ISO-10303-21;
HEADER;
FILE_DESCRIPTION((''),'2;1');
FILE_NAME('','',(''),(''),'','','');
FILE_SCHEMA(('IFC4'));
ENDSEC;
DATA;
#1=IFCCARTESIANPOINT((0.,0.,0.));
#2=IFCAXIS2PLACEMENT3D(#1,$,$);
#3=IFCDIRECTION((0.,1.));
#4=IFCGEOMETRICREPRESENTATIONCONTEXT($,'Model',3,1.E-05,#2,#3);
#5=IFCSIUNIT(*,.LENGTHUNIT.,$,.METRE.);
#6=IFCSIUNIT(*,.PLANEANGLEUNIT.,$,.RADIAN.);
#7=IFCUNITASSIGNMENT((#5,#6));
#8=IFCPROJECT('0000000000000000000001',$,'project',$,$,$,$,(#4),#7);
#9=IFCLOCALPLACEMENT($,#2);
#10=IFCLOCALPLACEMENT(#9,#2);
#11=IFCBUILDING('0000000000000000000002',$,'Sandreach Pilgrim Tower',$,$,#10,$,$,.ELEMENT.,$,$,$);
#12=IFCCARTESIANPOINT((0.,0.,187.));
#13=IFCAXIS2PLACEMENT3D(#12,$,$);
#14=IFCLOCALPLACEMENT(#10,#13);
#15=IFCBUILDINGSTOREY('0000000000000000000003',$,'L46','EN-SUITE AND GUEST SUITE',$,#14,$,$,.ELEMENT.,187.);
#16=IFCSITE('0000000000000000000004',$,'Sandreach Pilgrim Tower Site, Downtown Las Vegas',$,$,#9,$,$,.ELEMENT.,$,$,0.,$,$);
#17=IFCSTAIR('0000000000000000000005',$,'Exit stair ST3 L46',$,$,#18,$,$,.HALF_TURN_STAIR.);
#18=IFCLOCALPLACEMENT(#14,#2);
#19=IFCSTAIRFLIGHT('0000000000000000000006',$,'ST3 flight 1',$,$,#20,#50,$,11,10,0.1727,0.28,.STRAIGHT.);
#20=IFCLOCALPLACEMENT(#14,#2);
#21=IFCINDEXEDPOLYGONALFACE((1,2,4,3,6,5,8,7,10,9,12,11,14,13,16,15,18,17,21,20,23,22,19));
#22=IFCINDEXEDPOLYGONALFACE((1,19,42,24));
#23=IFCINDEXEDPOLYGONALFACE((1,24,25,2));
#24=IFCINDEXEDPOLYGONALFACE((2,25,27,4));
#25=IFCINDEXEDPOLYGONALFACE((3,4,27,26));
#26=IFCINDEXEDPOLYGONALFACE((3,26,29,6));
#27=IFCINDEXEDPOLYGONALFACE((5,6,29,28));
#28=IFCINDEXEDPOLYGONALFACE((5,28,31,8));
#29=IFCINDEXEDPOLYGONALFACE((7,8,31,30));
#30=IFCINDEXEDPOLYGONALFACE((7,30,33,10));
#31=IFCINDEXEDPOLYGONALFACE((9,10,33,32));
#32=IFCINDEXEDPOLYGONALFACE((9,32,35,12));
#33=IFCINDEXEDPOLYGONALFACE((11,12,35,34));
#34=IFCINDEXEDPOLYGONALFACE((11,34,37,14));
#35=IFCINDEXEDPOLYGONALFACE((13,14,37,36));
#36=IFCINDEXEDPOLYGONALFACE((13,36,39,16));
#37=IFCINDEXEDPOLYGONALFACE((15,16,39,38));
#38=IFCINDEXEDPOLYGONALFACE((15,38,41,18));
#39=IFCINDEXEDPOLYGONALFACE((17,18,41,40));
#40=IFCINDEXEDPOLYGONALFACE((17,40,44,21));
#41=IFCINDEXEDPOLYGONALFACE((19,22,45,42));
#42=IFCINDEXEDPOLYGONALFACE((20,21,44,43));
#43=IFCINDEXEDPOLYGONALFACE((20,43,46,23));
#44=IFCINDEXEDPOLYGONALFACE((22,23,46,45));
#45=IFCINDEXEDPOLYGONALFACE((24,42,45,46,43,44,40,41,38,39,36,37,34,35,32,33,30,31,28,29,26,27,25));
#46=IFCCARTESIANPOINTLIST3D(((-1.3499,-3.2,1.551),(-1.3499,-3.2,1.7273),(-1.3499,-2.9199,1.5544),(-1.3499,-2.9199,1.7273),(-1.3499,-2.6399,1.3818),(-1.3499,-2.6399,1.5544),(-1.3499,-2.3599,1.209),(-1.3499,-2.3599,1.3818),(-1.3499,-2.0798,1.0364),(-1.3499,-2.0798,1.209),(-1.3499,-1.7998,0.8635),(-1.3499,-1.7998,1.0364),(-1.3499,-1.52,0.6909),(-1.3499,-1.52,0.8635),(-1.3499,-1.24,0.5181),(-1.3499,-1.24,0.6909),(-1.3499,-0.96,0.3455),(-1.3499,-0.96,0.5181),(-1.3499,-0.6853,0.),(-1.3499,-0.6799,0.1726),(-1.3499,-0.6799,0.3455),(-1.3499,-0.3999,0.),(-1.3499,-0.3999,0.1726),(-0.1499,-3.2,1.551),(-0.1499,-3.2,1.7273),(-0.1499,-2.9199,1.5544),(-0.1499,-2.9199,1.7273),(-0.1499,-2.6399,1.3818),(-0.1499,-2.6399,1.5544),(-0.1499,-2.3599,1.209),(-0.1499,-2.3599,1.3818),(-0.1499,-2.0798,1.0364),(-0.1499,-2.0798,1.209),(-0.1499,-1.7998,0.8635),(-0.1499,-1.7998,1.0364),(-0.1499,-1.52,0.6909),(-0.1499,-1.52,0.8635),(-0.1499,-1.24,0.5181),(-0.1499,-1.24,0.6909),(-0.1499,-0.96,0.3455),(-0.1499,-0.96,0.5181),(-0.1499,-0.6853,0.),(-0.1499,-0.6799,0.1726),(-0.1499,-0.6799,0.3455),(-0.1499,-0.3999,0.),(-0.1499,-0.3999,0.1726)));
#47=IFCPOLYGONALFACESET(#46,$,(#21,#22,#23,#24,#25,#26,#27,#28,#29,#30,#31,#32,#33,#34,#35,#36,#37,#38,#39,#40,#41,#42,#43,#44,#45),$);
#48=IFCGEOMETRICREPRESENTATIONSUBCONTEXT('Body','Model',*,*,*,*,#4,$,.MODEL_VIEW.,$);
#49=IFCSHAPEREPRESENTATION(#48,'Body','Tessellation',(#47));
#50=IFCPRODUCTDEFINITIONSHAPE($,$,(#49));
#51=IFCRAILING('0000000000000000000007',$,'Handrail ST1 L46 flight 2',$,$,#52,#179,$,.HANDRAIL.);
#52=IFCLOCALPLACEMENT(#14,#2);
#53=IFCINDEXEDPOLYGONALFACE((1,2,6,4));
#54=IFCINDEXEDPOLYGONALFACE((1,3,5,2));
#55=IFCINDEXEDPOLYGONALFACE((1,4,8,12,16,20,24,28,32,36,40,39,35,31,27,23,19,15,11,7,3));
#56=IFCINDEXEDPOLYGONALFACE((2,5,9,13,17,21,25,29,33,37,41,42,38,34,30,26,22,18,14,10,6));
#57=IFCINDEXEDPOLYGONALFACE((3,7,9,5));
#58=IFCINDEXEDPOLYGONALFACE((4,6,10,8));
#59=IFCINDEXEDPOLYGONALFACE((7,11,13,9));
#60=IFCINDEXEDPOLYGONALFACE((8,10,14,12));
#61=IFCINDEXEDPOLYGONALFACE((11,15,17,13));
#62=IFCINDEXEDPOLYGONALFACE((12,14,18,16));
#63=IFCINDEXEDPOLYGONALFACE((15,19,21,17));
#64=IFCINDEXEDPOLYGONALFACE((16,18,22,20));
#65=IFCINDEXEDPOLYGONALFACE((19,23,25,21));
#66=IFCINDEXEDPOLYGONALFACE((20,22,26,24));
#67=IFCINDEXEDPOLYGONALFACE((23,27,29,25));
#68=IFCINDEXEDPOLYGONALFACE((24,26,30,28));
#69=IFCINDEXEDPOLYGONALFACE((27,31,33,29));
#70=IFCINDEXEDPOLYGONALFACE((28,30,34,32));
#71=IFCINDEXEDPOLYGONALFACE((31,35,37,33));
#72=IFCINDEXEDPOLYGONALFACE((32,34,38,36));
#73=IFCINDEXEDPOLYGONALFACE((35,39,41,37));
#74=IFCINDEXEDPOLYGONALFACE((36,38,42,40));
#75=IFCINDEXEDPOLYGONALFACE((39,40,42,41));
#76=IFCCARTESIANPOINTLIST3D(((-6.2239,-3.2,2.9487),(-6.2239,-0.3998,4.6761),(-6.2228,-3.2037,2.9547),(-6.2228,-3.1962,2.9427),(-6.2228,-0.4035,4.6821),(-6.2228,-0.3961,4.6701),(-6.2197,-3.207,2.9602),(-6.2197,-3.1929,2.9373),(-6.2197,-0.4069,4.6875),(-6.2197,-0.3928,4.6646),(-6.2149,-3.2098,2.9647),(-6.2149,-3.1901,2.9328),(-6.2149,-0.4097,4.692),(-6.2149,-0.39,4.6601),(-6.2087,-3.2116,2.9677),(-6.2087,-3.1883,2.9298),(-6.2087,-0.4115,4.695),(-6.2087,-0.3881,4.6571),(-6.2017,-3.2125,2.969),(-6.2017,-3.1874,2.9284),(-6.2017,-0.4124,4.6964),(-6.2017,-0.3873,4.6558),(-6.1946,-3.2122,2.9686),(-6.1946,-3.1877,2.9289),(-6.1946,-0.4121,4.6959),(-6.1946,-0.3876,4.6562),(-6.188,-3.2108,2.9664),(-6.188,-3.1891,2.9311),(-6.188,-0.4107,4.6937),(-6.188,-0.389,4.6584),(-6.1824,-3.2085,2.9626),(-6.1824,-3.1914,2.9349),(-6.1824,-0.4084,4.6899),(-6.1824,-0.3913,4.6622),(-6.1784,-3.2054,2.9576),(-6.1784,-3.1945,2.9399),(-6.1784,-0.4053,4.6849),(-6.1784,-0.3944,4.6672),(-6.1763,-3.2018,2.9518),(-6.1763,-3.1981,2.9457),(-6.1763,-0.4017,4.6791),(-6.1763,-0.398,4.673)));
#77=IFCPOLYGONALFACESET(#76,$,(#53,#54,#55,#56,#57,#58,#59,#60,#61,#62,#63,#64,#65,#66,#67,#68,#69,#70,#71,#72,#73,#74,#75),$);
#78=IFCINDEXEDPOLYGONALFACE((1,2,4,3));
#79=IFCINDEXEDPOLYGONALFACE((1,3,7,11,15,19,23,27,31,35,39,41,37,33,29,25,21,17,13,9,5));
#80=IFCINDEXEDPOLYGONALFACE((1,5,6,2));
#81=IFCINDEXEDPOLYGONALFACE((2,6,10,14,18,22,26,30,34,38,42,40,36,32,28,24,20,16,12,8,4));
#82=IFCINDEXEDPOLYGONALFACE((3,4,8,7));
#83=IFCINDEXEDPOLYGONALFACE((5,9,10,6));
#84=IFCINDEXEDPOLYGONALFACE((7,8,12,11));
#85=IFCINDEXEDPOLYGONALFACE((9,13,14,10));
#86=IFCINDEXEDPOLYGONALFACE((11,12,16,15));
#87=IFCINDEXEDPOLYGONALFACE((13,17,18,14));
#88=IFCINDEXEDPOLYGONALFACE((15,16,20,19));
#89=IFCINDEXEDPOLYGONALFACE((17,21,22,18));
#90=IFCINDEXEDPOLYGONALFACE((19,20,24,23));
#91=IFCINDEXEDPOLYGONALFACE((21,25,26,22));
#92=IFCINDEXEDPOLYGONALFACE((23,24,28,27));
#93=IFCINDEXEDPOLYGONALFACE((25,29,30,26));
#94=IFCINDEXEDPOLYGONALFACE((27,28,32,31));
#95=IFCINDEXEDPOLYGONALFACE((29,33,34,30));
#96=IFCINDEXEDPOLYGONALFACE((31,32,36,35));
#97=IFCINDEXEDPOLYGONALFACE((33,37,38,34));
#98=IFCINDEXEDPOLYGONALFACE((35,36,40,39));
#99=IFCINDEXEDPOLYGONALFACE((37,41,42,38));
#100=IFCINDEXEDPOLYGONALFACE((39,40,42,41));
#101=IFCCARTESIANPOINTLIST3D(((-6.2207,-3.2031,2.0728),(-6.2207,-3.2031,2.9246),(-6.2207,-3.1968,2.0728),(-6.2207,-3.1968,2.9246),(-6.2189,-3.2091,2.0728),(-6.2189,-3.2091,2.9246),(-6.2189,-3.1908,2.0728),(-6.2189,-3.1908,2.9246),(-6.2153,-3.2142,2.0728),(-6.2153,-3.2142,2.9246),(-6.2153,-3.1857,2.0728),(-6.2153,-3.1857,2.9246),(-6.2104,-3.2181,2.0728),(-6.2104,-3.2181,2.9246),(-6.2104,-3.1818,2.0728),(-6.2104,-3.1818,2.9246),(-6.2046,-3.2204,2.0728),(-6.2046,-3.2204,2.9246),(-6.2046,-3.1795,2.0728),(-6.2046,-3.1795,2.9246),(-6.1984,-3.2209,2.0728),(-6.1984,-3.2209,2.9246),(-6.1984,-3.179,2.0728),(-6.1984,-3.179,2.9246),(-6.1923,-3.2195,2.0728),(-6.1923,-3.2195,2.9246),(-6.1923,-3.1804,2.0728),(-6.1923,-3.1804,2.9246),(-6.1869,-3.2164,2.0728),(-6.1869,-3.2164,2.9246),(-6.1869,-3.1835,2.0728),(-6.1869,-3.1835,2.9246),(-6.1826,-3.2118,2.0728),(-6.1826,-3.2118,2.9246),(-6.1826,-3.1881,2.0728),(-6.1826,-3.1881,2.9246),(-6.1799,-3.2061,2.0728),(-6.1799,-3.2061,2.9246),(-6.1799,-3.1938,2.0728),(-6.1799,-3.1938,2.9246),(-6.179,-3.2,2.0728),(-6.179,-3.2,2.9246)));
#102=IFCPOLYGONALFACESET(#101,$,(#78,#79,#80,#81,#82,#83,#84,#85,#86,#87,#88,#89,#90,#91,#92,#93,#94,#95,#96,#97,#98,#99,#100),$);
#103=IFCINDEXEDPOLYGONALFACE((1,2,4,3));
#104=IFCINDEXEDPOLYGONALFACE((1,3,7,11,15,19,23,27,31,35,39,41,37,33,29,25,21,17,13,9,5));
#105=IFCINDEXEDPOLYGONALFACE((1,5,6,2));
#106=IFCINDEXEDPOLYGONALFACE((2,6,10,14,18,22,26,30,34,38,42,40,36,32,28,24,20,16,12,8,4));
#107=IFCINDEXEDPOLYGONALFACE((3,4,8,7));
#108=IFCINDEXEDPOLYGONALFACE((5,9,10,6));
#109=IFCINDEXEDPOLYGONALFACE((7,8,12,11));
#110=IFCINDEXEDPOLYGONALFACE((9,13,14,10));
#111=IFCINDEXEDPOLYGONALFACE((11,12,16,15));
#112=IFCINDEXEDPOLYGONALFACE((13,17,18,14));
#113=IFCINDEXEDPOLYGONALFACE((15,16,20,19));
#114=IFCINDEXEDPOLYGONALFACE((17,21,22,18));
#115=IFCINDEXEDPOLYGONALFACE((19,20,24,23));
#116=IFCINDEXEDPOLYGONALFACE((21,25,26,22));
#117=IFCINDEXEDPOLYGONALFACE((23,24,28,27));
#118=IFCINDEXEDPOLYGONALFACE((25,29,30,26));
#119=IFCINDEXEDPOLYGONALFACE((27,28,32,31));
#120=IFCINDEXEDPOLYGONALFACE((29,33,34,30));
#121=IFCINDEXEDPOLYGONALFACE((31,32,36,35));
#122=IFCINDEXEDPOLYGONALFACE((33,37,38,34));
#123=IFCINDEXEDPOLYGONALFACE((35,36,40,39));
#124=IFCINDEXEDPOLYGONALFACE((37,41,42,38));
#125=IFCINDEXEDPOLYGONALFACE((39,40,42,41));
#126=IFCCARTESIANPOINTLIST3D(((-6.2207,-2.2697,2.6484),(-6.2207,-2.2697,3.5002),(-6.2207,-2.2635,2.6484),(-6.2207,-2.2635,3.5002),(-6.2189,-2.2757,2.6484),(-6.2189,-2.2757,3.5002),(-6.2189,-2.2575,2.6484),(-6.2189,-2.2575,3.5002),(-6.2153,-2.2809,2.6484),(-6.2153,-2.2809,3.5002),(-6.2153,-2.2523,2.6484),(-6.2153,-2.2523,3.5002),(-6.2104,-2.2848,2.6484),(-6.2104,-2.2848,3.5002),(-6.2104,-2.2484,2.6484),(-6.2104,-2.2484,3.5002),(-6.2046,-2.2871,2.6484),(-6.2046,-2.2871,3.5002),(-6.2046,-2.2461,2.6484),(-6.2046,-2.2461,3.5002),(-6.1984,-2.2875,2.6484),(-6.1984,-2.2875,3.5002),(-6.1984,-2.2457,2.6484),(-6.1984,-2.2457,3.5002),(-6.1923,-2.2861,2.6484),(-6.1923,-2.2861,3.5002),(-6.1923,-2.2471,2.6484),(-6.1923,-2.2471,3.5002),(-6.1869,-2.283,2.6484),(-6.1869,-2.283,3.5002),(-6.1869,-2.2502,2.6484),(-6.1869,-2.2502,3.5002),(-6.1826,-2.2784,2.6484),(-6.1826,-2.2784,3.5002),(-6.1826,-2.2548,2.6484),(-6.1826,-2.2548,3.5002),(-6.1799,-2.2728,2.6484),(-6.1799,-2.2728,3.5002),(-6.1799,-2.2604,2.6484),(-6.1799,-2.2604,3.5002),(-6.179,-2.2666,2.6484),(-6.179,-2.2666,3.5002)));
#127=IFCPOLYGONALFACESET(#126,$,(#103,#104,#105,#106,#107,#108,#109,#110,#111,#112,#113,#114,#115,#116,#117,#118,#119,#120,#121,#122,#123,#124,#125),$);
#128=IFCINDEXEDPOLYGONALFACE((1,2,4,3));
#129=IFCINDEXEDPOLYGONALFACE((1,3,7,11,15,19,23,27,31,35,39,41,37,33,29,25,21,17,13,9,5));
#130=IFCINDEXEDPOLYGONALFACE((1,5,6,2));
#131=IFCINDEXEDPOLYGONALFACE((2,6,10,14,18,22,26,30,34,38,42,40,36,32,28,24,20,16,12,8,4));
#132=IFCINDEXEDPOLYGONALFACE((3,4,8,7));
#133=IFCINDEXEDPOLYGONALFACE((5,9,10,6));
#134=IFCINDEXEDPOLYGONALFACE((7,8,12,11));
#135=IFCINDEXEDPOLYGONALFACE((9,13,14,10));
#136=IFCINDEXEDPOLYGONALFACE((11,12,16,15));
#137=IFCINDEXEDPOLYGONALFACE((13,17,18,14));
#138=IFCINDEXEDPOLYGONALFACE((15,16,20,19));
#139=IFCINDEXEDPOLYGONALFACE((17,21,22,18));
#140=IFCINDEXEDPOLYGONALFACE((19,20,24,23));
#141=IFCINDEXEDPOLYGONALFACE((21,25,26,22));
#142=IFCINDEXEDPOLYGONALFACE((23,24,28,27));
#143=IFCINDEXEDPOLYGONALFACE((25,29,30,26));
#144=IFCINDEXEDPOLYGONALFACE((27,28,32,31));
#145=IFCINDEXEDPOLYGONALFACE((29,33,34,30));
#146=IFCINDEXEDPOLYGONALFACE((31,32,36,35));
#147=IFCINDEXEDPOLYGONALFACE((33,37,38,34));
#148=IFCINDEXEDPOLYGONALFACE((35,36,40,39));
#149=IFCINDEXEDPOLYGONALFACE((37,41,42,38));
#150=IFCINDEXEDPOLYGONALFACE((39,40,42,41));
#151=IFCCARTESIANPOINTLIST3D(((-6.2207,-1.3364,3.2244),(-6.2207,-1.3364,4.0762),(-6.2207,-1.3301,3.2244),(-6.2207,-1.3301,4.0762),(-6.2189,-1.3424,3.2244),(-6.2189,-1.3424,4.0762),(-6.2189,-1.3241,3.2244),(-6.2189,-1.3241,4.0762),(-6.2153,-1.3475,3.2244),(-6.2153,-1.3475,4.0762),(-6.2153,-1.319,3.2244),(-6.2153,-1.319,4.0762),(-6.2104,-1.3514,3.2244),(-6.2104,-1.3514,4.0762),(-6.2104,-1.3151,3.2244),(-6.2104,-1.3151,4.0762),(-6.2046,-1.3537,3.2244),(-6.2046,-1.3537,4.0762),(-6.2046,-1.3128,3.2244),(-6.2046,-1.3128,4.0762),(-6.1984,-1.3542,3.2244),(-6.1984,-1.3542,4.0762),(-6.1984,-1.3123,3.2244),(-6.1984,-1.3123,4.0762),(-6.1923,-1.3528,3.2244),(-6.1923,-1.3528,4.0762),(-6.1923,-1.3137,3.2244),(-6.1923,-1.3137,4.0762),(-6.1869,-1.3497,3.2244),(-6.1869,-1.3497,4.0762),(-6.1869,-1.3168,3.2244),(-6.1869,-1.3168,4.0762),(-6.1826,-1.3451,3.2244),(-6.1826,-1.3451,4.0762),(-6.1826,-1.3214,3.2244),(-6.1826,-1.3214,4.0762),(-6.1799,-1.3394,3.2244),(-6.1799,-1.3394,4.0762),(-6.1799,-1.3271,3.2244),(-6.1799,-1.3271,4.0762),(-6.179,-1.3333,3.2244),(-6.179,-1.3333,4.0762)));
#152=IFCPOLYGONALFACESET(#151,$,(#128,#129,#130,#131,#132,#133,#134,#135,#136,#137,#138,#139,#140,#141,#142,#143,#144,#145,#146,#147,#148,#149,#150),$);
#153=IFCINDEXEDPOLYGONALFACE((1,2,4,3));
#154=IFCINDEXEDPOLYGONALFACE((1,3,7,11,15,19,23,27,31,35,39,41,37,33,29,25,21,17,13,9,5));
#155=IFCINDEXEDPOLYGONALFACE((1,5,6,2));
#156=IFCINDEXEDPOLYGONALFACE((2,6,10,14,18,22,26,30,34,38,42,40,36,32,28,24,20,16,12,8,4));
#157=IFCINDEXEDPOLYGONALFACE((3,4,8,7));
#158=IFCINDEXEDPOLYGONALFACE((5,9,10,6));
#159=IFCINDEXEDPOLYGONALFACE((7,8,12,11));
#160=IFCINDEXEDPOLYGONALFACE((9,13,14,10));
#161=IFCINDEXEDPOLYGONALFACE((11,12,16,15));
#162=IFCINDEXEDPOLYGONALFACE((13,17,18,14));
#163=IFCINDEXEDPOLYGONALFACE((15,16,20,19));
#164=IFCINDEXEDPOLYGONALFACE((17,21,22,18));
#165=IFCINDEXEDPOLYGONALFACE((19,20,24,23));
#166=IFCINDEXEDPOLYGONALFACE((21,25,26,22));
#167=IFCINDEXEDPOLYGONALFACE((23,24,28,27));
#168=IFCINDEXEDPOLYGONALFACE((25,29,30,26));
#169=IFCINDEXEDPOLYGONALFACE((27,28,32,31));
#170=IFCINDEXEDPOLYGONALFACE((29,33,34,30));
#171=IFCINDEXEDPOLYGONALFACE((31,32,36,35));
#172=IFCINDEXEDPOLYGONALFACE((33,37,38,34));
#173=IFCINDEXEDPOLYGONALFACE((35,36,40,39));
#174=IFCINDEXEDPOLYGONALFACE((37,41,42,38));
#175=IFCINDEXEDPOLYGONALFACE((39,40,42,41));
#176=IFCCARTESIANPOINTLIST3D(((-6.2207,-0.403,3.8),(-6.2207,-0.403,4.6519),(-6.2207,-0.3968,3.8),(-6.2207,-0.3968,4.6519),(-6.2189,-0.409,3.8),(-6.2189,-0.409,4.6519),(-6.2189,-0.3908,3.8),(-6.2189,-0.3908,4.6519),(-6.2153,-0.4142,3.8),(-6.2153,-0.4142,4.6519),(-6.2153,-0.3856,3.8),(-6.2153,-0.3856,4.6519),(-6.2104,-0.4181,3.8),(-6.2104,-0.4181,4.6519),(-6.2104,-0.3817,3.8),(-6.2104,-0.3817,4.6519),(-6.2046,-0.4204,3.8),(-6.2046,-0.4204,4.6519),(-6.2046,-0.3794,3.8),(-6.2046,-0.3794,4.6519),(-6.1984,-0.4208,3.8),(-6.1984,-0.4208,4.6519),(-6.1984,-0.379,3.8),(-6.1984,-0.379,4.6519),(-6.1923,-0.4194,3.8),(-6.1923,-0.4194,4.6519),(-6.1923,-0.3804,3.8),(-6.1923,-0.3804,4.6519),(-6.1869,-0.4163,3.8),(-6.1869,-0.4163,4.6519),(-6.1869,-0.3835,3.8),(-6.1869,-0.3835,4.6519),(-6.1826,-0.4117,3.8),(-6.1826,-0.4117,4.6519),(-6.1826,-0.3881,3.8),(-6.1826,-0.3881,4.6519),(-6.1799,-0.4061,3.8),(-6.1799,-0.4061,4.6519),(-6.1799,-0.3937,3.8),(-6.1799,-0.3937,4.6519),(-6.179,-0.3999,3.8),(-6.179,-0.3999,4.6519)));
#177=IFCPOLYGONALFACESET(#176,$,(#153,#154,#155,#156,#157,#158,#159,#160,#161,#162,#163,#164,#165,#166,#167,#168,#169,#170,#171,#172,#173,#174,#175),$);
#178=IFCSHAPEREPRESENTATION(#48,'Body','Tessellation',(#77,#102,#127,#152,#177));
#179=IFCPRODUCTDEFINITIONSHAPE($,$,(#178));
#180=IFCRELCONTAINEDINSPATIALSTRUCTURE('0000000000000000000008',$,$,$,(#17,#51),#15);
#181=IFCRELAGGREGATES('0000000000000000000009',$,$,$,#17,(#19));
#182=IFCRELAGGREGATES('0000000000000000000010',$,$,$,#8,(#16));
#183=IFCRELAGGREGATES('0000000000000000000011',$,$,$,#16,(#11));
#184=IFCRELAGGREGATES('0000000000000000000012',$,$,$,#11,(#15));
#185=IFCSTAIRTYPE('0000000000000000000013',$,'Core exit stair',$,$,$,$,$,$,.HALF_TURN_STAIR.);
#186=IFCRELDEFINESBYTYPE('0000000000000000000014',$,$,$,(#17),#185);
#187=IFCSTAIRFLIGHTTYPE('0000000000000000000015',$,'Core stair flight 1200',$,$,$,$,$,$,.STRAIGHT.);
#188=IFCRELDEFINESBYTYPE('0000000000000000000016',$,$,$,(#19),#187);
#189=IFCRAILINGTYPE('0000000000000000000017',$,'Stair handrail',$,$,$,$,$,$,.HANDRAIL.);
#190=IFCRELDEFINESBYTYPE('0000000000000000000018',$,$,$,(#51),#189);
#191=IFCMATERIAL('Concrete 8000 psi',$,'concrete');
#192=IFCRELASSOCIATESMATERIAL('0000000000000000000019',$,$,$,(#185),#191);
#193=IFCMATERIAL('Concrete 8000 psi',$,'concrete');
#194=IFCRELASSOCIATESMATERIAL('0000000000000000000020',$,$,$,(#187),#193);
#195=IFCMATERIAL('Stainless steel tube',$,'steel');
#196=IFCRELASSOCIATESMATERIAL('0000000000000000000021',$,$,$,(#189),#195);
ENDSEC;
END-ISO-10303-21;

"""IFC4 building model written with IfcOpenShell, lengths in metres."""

from ifc_helpers import new_model, si_unit, direction, frame, origin, origin_2d, place, context, subcontext, project, spatial, polyline, circle, outline, extrude, material, type_object, element, aggregate, save


model = new_model("IFC4")

# Units and contexts
model_context = context("Model", 3, precision=1e-05, world=origin(), true_north=direction((0.0, 1.0)))
body_context = subcontext(model_context, "Body", "Model", "MODEL_VIEW")
ifc_project = project(units=[si_unit("LENGTHUNIT", "METRE"), si_unit("PLANEANGLEUNIT", "RADIAN")], contexts=[model_context])

# Site, building, storey
site_placement = place(None, origin())
site = spatial("IfcSite", under=ifc_project, at=site_placement, Name="Sandreach Pilgrim Tower Site, Downtown Las Vegas", CompositionType="ELEMENT", RefElevation=0.0)
building_placement = place(site_placement, origin())
building = spatial("IfcBuilding", under=site, at=building_placement, Name="Sandreach Pilgrim Tower", CompositionType="ELEMENT")
storey_placement = place(building_placement, frame((0.0, 0.0, 187.0)))
storey = spatial("IfcBuildingStorey", under=building, at=storey_placement, Name="L46", Description="EN-SUITE AND GUEST SUITE", CompositionType="ELEMENT", Elevation=187.0)

# Stair, stair flight
ifc_material_1 = material(Name="Concrete 8000 psi", Category="concrete")
stair_type = type_object("IfcStairType", Name="Core exit stair", PredefinedType="HALF_TURN_STAIR", material=ifc_material_1)
ifc_material_2 = material(Name="Concrete 8000 psi", Category="concrete")
stair_flight_type = type_object("IfcStairFlightType", Name="Core stair flight 1200", PredefinedType="STRAIGHT", material=ifc_material_2)
stair_1_placement = place(storey_placement, origin())
stair_1 = element("IfcStair", 1, at=stair_1_placement, inside=storey, type_object=stair_type, Name="Exit stair ST3 L46", PredefinedType="HALF_TURN_STAIR")
stair_flight_1_placement = place(storey_placement, frame((-0.75, -0.3999, 0.0), z_axis=(0.0, 0.0, 1.0), x_axis=(0.0, -1.0, 0.0)))
stair_flight_1 = element("IfcStairFlight", 2, at=stair_flight_1_placement, type_object=stair_flight_type, Name="ST3 flight 1", NumberOfRisers=11, NumberOfTreads=10, PredefinedType="STRAIGHT", RiserHeight=0.1727, TreadLength=0.28, context=body_context, shape_type="SweptSolid", body=[
    extrude(outline(polyline([(0.0, 0.0), (0.0, 0.1726), (0.28, 0.1726), (0.28, 0.3455), (0.5601, 0.3455), (0.5601, 0.5181), (0.8401, 0.5181), (0.8401, 0.6909), (1.1201, 0.6909), (1.1201, 0.8635), (1.3999, 0.8635), (1.3999, 1.0364), (1.6799, 1.0364), (1.6799, 1.209), (1.96, 1.209), (1.96, 1.3818), (2.24, 1.3818), (2.24, 1.5544), (2.52, 1.5544), (2.52, 1.7273), (2.8, 1.7273), (2.8, 1.8999), (2.8, 1.551), (0.2854, 0.0), (0.0, 0.0)])), frame((0.0, 0.6001, 0.0), z_axis=(0.0, -1.0, 0.0), x_axis=(1.0, 0.0, 0.0)), (0.0, 0.0, 1.0), 1.2),
])
aggregate(stair_1, [stair_flight_1])

# Railing
ifc_material_3 = material(Name="Stainless steel tube", Category="steel")
railing_type = type_object("IfcRailingType", Name="Stair handrail", PredefinedType="HANDRAIL", material=ifc_material_3)
for number, where, name in (
    (3, (-6.2, -3.2, 2.0728), "Handrail ST1 L46 flight 2"),
):
    element("IfcRailing", number, at=place(storey_placement, frame(where)), inside=storey, type_object=railing_type, Name=name, PredefinedType="HANDRAIL", context=body_context, shape_type="SweptSolid", body=[
        extrude(circle(Radius=0.0239, at=origin_2d()), frame((0.0, 0.0, 0.876), z_axis=(0.0, 0.85109, 0.52502), x_axis=(-1.0, 0.0, 0.0)), (0.0, 0.0, 1.0), 3.29),
        extrude(circle(Radius=0.021, at=origin_2d()), origin(), (0.0, 0.0, 1.0), 0.8518),
        extrude(circle(Radius=0.021, at=origin_2d()), frame((0.0, 0.9333, 0.5757)), (0.0, 0.0, 1.0), 0.8518),
        extrude(circle(Radius=0.021, at=origin_2d()), frame((0.0, 1.8667, 1.1516)), (0.0, 0.0, 1.0), 0.8518),
        extrude(circle(Radius=0.021, at=origin_2d()), frame((0.0, 2.8, 1.7273)), (0.0, 0.0, 1.0), 0.8518),
    ])

save(model, "model.ifc")
